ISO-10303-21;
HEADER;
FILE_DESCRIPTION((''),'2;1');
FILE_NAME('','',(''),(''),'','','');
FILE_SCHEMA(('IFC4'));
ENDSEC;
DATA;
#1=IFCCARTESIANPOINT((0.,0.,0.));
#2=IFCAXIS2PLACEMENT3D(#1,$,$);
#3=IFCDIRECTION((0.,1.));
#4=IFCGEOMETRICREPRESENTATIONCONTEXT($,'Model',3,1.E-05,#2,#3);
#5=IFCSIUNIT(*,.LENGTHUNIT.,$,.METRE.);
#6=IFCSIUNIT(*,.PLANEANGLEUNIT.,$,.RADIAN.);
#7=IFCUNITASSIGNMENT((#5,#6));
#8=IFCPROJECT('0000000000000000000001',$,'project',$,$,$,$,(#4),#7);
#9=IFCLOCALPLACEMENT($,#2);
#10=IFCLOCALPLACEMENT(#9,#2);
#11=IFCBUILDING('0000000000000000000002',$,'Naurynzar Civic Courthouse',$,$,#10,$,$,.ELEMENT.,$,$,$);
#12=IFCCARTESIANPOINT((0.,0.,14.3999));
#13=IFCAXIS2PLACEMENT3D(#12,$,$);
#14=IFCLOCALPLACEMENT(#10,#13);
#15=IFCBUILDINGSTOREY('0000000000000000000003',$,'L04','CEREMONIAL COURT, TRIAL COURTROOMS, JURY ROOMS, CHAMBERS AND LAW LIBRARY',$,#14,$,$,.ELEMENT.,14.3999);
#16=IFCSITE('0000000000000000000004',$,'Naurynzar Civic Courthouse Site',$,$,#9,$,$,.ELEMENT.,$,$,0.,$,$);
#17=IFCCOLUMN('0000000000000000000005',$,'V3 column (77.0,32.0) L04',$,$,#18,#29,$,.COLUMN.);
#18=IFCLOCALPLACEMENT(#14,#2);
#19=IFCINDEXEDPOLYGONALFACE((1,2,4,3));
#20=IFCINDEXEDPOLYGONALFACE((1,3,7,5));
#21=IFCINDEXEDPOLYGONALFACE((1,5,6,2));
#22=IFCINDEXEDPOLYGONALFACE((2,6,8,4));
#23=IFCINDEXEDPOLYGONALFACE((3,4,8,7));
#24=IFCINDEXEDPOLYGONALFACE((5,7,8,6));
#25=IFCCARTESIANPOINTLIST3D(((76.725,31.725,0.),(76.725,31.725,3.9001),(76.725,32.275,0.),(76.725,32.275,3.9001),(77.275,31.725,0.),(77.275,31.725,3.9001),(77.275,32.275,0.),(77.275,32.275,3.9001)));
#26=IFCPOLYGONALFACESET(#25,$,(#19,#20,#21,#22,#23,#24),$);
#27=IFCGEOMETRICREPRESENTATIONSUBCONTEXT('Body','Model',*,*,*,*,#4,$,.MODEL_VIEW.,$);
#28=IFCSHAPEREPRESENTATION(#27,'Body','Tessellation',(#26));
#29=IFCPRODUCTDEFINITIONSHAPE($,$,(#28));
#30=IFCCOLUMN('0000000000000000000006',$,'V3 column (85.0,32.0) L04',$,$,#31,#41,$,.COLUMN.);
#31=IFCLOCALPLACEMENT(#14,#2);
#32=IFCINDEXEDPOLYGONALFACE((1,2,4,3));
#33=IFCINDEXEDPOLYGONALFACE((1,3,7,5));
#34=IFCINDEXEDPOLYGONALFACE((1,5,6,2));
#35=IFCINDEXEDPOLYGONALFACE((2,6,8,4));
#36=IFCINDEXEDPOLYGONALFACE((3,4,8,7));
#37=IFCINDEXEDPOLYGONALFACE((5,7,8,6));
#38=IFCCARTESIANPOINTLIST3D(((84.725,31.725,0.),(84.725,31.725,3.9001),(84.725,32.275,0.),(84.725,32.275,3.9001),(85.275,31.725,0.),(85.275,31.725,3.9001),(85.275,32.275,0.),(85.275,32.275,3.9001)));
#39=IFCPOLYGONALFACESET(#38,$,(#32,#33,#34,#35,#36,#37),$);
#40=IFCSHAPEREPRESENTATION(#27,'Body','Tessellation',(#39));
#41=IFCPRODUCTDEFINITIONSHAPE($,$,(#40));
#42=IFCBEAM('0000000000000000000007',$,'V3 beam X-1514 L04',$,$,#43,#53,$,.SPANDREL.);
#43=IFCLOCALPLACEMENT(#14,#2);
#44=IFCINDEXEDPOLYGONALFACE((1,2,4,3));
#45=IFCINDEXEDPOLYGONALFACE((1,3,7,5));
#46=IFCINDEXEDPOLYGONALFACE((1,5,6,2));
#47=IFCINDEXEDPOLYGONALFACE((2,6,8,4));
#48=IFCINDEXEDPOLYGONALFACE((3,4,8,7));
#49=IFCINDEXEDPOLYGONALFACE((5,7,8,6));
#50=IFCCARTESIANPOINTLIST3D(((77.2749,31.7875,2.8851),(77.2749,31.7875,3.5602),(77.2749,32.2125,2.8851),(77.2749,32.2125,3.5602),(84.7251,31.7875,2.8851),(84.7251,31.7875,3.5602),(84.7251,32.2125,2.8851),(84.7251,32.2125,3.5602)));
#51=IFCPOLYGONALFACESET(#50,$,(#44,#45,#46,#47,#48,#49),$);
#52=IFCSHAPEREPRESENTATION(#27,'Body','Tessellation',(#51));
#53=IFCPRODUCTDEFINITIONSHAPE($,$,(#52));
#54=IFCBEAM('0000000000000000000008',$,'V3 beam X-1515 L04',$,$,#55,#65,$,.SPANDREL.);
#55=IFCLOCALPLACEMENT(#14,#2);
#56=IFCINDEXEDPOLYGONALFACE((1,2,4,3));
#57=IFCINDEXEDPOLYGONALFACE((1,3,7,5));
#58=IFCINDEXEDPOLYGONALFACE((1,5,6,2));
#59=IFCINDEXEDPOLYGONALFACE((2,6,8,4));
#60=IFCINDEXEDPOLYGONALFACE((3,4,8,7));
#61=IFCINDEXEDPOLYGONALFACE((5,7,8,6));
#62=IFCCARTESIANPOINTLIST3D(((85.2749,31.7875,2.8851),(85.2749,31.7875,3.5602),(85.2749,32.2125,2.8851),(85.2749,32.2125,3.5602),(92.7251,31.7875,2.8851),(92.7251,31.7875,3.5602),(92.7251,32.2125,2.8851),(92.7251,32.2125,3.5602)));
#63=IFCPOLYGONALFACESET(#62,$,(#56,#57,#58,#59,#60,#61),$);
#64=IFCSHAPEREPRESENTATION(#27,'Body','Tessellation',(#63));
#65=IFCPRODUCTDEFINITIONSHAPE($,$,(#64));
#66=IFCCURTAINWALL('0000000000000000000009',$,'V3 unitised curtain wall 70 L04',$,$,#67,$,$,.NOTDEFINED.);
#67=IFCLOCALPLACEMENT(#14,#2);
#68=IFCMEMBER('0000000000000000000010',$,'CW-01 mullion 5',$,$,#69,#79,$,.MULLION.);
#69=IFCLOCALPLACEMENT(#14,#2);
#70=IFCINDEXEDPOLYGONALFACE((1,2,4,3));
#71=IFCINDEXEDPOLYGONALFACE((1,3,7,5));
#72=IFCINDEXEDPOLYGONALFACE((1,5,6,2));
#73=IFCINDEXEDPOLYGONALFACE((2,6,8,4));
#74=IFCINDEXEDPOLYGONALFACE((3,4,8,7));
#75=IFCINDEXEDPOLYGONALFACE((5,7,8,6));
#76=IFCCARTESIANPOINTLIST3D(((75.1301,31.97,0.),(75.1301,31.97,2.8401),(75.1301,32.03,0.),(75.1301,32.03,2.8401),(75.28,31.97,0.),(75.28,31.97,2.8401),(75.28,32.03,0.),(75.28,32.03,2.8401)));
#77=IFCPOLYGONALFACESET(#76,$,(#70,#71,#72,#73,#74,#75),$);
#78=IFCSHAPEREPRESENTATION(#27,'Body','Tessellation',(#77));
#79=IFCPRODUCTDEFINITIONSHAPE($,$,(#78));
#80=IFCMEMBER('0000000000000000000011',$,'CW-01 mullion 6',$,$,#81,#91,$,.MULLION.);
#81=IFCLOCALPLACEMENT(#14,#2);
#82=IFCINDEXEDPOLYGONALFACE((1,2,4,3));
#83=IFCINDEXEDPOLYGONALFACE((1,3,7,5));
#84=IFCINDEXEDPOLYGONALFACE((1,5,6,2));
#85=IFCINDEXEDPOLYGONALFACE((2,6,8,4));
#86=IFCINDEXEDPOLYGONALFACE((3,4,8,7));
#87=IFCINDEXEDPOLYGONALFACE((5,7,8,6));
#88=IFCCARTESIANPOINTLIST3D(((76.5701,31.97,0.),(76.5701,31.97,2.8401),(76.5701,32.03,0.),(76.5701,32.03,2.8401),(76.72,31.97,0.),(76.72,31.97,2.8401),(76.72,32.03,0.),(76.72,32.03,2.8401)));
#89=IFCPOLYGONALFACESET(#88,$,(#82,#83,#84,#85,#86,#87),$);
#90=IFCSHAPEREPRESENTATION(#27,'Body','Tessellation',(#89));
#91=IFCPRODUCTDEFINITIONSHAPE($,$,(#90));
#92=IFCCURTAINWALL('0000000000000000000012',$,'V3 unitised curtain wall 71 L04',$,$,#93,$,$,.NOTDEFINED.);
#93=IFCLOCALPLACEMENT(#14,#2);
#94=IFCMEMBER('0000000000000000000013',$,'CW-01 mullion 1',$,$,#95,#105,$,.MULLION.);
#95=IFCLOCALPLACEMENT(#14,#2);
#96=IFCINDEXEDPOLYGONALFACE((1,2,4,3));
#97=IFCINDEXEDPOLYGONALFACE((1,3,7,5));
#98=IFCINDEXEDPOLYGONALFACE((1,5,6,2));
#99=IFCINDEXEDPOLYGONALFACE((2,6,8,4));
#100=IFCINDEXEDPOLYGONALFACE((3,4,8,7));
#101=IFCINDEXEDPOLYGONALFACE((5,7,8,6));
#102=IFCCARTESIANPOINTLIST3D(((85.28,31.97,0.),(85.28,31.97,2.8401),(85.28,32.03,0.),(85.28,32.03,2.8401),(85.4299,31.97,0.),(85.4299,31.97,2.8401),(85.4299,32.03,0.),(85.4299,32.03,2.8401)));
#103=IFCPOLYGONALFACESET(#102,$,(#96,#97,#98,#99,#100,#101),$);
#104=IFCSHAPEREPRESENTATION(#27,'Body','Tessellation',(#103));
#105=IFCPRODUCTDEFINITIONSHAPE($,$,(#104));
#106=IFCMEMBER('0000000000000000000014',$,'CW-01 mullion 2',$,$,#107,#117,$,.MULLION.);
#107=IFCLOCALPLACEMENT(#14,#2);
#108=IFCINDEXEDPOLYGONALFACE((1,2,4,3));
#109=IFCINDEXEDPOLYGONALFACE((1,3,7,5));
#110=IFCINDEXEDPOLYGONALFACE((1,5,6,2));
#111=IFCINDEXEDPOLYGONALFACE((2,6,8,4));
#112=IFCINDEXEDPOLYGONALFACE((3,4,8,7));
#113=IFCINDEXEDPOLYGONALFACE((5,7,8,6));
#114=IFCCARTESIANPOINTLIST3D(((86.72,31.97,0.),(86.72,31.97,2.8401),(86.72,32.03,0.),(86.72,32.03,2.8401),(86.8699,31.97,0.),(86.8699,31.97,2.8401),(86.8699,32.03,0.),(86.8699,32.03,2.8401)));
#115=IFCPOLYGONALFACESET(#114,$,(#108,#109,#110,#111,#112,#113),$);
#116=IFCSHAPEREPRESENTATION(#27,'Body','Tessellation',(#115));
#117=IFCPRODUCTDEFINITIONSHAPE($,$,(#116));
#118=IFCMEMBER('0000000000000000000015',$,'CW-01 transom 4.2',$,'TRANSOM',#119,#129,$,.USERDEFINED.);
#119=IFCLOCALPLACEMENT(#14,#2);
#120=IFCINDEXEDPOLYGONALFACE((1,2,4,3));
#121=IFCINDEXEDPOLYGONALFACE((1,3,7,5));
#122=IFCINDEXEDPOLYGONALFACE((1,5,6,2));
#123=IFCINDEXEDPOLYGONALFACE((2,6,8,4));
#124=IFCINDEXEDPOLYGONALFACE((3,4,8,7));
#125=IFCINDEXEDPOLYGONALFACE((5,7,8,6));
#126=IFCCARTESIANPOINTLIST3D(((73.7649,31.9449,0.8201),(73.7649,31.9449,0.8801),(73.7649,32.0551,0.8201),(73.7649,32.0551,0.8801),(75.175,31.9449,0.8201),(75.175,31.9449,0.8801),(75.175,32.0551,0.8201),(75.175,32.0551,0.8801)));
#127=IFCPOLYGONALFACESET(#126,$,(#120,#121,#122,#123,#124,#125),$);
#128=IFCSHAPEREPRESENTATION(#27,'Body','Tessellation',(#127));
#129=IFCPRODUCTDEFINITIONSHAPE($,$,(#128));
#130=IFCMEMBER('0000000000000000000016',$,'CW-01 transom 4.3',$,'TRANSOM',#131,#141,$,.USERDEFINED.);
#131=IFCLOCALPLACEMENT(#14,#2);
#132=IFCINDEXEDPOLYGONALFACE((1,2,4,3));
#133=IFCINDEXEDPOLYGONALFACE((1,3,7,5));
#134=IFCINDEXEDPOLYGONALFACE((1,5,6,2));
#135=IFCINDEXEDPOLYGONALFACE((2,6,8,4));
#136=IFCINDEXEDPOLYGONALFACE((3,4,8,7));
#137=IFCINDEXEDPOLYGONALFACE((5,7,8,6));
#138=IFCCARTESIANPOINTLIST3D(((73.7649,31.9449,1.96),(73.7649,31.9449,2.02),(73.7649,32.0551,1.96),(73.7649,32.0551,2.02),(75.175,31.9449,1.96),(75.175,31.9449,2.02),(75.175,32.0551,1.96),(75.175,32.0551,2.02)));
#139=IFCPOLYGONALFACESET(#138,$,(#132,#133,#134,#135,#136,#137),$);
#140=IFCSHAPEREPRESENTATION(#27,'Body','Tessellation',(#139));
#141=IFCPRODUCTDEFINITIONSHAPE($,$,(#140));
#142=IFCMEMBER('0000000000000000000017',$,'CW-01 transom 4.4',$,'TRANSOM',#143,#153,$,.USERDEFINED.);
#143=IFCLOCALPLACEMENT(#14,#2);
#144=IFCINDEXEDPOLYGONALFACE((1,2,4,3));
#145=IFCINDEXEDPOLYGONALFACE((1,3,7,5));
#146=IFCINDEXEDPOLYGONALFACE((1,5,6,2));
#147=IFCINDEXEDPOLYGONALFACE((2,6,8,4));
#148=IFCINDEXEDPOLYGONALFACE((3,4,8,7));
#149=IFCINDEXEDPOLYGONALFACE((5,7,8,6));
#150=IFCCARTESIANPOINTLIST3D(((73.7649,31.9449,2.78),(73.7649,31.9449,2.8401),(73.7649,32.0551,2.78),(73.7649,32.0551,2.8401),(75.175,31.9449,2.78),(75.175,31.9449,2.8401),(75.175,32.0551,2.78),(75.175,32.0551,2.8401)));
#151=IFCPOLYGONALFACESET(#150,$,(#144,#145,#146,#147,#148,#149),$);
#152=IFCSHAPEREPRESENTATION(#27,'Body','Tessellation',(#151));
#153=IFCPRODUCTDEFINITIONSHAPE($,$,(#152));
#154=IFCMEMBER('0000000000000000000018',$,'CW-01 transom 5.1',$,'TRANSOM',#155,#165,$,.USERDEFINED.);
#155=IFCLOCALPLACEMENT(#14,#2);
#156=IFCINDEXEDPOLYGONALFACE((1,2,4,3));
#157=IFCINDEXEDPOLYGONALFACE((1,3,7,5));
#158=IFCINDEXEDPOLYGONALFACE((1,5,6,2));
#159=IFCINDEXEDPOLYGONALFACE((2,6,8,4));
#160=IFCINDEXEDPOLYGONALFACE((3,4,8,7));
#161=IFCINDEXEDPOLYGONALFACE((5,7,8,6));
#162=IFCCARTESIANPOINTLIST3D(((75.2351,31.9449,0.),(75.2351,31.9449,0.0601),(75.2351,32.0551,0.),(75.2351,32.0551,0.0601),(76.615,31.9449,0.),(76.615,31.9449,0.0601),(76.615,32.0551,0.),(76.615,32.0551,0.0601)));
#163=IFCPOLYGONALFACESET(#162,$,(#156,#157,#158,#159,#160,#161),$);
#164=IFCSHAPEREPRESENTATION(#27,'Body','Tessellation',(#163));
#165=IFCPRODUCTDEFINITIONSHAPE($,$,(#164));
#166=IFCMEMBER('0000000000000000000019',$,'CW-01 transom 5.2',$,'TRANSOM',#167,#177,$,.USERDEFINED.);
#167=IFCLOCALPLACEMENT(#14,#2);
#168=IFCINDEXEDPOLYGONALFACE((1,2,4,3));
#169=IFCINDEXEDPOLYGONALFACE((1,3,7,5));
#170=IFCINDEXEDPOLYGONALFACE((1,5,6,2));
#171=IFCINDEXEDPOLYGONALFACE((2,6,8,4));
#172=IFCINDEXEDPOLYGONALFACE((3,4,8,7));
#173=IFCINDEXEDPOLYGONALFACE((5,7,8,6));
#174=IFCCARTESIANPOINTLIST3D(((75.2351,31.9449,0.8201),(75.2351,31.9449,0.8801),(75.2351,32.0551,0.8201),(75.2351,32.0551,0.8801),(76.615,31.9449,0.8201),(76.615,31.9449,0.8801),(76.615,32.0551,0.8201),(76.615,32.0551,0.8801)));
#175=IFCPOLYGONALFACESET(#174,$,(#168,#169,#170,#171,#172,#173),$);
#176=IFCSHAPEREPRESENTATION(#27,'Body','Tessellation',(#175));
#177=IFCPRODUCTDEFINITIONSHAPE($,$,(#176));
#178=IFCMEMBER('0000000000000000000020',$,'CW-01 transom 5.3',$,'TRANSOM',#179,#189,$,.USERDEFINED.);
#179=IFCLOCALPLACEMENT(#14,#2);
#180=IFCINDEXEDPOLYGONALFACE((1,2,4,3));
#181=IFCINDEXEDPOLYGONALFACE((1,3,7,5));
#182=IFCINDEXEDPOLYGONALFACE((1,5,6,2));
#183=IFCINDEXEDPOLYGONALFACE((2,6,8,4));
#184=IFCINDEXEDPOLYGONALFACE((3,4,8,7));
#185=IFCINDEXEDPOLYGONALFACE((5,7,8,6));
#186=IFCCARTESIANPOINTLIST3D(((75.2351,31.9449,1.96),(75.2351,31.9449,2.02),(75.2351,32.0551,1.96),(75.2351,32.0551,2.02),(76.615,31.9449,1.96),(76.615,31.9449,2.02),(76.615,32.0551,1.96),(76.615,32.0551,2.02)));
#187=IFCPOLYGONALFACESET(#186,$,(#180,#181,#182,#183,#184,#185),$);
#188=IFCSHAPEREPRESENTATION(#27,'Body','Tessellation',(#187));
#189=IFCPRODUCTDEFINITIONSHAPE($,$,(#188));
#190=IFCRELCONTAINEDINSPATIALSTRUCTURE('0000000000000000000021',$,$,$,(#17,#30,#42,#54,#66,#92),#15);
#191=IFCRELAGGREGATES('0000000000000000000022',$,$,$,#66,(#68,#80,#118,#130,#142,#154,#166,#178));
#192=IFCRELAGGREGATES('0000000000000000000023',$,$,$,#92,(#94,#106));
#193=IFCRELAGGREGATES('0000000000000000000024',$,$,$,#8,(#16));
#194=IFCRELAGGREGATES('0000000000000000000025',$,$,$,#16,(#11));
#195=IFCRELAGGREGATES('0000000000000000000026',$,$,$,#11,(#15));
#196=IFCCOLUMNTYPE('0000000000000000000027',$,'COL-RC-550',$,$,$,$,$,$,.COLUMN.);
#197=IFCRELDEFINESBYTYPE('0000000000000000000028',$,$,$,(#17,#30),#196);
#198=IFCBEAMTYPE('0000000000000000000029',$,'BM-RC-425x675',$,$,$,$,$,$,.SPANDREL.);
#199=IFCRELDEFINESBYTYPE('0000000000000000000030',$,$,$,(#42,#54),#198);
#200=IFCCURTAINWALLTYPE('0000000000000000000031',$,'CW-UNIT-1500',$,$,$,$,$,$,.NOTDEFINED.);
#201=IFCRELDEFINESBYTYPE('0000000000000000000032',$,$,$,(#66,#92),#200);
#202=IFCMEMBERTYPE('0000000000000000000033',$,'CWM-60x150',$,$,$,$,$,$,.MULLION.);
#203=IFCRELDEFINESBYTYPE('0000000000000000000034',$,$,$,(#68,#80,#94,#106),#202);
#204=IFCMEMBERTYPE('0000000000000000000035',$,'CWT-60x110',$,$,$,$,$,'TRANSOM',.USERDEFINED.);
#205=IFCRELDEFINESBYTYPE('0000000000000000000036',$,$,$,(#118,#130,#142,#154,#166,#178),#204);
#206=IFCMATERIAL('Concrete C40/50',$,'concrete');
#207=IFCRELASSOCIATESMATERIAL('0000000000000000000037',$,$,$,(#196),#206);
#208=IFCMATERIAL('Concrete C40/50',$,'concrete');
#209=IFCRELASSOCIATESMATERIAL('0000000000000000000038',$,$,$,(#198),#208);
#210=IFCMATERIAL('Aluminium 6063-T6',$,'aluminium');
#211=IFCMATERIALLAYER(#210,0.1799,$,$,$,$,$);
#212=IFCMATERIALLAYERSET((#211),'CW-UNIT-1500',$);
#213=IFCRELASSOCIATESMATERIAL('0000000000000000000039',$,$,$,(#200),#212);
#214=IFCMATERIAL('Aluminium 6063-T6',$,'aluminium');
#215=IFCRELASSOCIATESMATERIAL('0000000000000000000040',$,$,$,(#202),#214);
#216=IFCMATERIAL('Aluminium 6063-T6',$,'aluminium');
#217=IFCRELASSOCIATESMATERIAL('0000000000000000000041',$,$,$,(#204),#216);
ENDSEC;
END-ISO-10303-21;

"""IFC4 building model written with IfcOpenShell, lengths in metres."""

from ifc_helpers import new_model, si_unit, direction, frame, origin, origin_2d, place, context, subcontext, project, spatial, rectangle, extrude, material, layer, layer_set, material_profile, profile_set, type_object, element, aggregate, save


model = new_model("IFC4")

# Units and contexts
model_context = context("Model", 3, precision=1e-05, world=origin(), true_north=direction((0.0, 1.0)))
body_context = subcontext(model_context, "Body", "Model", "MODEL_VIEW")
ifc_project = project(units=[si_unit("LENGTHUNIT", "METRE"), si_unit("PLANEANGLEUNIT", "RADIAN")], contexts=[model_context])

# Site, building, storey
site_placement = place(None, origin())
site = spatial("IfcSite", under=ifc_project, at=site_placement, Name="Naurynzar Civic Courthouse Site", CompositionType="ELEMENT", RefElevation=0.0)
building_placement = place(site_placement, origin())
building = spatial("IfcBuilding", under=site, at=building_placement, Name="Naurynzar Civic Courthouse", CompositionType="ELEMENT")
storey_placement = place(building_placement, frame((0.0, 0.0, 14.3999)))
storey = spatial("IfcBuildingStorey", under=building, at=storey_placement, Name="L04", Description="CEREMONIAL COURT, TRIAL COURTROOMS, JURY ROOMS, CHAMBERS AND LAW LIBRARY", CompositionType="ELEMENT", Elevation=14.3999)

# Columns
ifc_material_1 = material(Name="Concrete C40/50", Category="concrete")
ifc_material_profile_1 = material_profile(ifc_material_1, rectangle(XDim=0.55, YDim=0.55, at=origin_2d()), Name="RC 550x550")
ifc_profile_set_1 = profile_set([ifc_material_profile_1], Name="Concrete C40/50")
column_type = type_object("IfcColumnType", Name="COL-RC-550", PredefinedType="COLUMN", material=ifc_profile_set_1)
for number, where, z_axis, x_axis, name in (
    (1, (77.0, 32.0, 0.0), (0.0, 0.0, 1.0), (1.0, 0.0, 0.0), "V3 column (77.0,32.0) L04"),
    (2, (85.0, 32.0, 0.0), (0.0, 0.0, 1.0), (1.0, 0.0, 0.0), "V3 column (85.0,32.0) L04"),
):
    element("IfcColumn", number, at=place(storey_placement, frame(where, z_axis=z_axis, x_axis=x_axis)), inside=storey, type_object=column_type, Name=name, PredefinedType="COLUMN", context=body_context, shape_type="SweptSolid", body=[
        extrude(rectangle(XDim=0.55, YDim=0.55, at=origin_2d()), origin(), (0.0, 0.0, 1.0), 3.9001),
    ])

# Beams
ifc_material_2 = material(Name="Concrete C40/50", Category="concrete")
ifc_material_profile_2 = material_profile(ifc_material_2, rectangle(XDim=0.425, YDim=0.675, at=origin_2d()), Name="RCB 425x675")
ifc_profile_set_2 = profile_set([ifc_material_profile_2], Name="Concrete C40/50")
beam_type = type_object("IfcBeamType", Name="BM-RC-425x675", PredefinedType="SPANDREL", material=ifc_profile_set_2)
for number, where, z_axis, x_axis, name in (
    (3, (77.2749, 32.0, 3.2227), (1.0, 0.0, 0.0), (0.0, 1.0, 0.0), "V3 beam X-1514 L04"),
    (4, (85.2749, 32.0, 3.2227), (1.0, 0.0, 0.0), (0.0, 1.0, 0.0), "V3 beam X-1515 L04"),
):
    element("IfcBeam", number, at=place(storey_placement, frame(where, z_axis=z_axis, x_axis=x_axis)), inside=storey, type_object=beam_type, Name=name, PredefinedType="SPANDREL", context=body_context, shape_type="SweptSolid", body=[
        extrude(rectangle(XDim=0.425, YDim=0.675, at=origin_2d()), origin(), (0.0, 0.0, 1.0), 7.4502),
    ])

# Curtain walls, members
ifc_material_3 = material(Name="Aluminium 6063-T6", Category="aluminium")
ifc_layer_1 = layer(ifc_material_3, 0.1799)
ifc_layer_set_1 = layer_set([ifc_layer_1], Name="CW-UNIT-1500")
curtain_wall_type = type_object("IfcCurtainWallType", Name="CW-UNIT-1500", PredefinedType="NOTDEFINED", material=ifc_layer_set_1)
curtain_wall_1_placement = place(storey_placement, origin())
curtain_wall_1 = element("IfcCurtainWall", 5, at=curtain_wall_1_placement, inside=storey, type_object=curtain_wall_type, Name="V3 unitised curtain wall 70 L04", PredefinedType="NOTDEFINED")
ifc_material_4 = material(Name="Aluminium 6063-T6", Category="aluminium")
ifc_material_profile_3 = material_profile(ifc_material_4, rectangle(XDim=0.0601, YDim=0.1499, at=origin_2d()), Name="ALU MULLION 60x150")
ifc_profile_set_3 = profile_set([ifc_material_profile_3], Name="Aluminium 6063-T6")
member_type_1 = type_object("IfcMemberType", Name="CWM-60x150", PredefinedType="MULLION", material=ifc_profile_set_3)
member_1_placement = place(storey_placement, frame((75.2051, 32.0, 0.0), z_axis=(0.0, 0.0, 1.0), x_axis=(0.0, 1.0, 0.0)))
member_1 = element("IfcMember", 6, at=member_1_placement, type_object=member_type_1, Name="CW-01 mullion 5", PredefinedType="MULLION", context=body_context, shape_type="SweptSolid", body=[
    extrude(rectangle(XDim=0.0601, YDim=0.1499, at=origin_2d()), origin(), (0.0, 0.0, 1.0), 2.8401),
])
member_2_placement = place(storey_placement, frame((76.645, 32.0, 0.0), z_axis=(0.0, 0.0, 1.0), x_axis=(0.0, 1.0, 0.0)))
member_2 = element("IfcMember", 7, at=member_2_placement, type_object=member_type_1, Name="CW-01 mullion 6", PredefinedType="MULLION", context=body_context, shape_type="SweptSolid", body=[
    extrude(rectangle(XDim=0.0601, YDim=0.1499, at=origin_2d()), origin(), (0.0, 0.0, 1.0), 2.8401),
])
curtain_wall_2_placement = place(storey_placement, origin())
curtain_wall_2 = element("IfcCurtainWall", 8, at=curtain_wall_2_placement, inside=storey, type_object=curtain_wall_type, Name="V3 unitised curtain wall 71 L04", PredefinedType="NOTDEFINED")
member_3_placement = place(storey_placement, frame((85.355, 32.0, 0.0), z_axis=(0.0, 0.0, 1.0), x_axis=(0.0, 1.0, 0.0)))
member_3 = element("IfcMember", 9, at=member_3_placement, type_object=member_type_1, Name="CW-01 mullion 1", PredefinedType="MULLION", context=body_context, shape_type="SweptSolid", body=[
    extrude(rectangle(XDim=0.0601, YDim=0.1499, at=origin_2d()), origin(), (0.0, 0.0, 1.0), 2.8401),
])
member_4_placement = place(storey_placement, frame((86.7949, 32.0, 0.0), z_axis=(0.0, 0.0, 1.0), x_axis=(0.0, 1.0, 0.0)))
member_4 = element("IfcMember", 10, at=member_4_placement, type_object=member_type_1, Name="CW-01 mullion 2", PredefinedType="MULLION", context=body_context, shape_type="SweptSolid", body=[
    extrude(rectangle(XDim=0.0601, YDim=0.1499, at=origin_2d()), origin(), (0.0, 0.0, 1.0), 2.8401),
])

# Members
ifc_material_5 = material(Name="Aluminium 6063-T6", Category="aluminium")
ifc_material_profile_4 = material_profile(ifc_material_5, rectangle(XDim=0.1101, YDim=0.0601, at=origin_2d()), Name="ALU TRANSOM 60x110")
ifc_profile_set_4 = profile_set([ifc_material_profile_4], Name="Aluminium 6063-T6")
member_type_2 = type_object("IfcMemberType", Name="CWT-60x110", ElementType="TRANSOM", PredefinedType="USERDEFINED", material=ifc_profile_set_4)
member_5_placement = place(storey_placement, frame((73.7649, 32.0, 0.8501), z_axis=(1.0, 0.0, 0.0), x_axis=(0.0, 1.0, 0.0)))
member_5 = element("IfcMember", 11, at=member_5_placement, type_object=member_type_2, Name="CW-01 transom 4.2", ObjectType="TRANSOM", PredefinedType="USERDEFINED", context=body_context, shape_type="SweptSolid", body=[
    extrude(rectangle(XDim=0.1101, YDim=0.0601, at=origin_2d()), origin(), (0.0, 0.0, 1.0), 1.4102),
])
member_6_placement = place(storey_placement, frame((73.7649, 32.0, 1.99), z_axis=(1.0, 0.0, 0.0), x_axis=(0.0, 1.0, 0.0)))
member_6 = element("IfcMember", 12, at=member_6_placement, type_object=member_type_2, Name="CW-01 transom 4.3", ObjectType="TRANSOM", PredefinedType="USERDEFINED", context=body_context, shape_type="SweptSolid", body=[
    extrude(rectangle(XDim=0.1101, YDim=0.0601, at=origin_2d()), origin(), (0.0, 0.0, 1.0), 1.4102),
])
member_7_placement = place(storey_placement, frame((73.7649, 32.0, 2.8101), z_axis=(1.0, 0.0, 0.0), x_axis=(0.0, 1.0, 0.0)))
member_7 = element("IfcMember", 13, at=member_7_placement, type_object=member_type_2, Name="CW-01 transom 4.4", ObjectType="TRANSOM", PredefinedType="USERDEFINED", context=body_context, shape_type="SweptSolid", body=[
    extrude(rectangle(XDim=0.1101, YDim=0.0601, at=origin_2d()), origin(), (0.0, 0.0, 1.0), 1.4102),
])
member_8_placement = place(storey_placement, frame((75.2351, 32.0, 0.03), z_axis=(1.0, 0.0, 0.0), x_axis=(0.0, 1.0, 0.0)))
member_8 = element("IfcMember", 14, at=member_8_placement, type_object=member_type_2, Name="CW-01 transom 5.1", ObjectType="TRANSOM", PredefinedType="USERDEFINED", context=body_context, shape_type="SweptSolid", body=[
    extrude(rectangle(XDim=0.1101, YDim=0.0601, at=origin_2d()), origin(), (0.0, 0.0, 1.0), 1.3799),
])
member_9_placement = place(storey_placement, frame((75.2351, 32.0, 0.8501), z_axis=(1.0, 0.0, 0.0), x_axis=(0.0, 1.0, 0.0)))
member_9 = element("IfcMember", 15, at=member_9_placement, type_object=member_type_2, Name="CW-01 transom 5.2", ObjectType="TRANSOM", PredefinedType="USERDEFINED", context=body_context, shape_type="SweptSolid", body=[
    extrude(rectangle(XDim=0.1101, YDim=0.0601, at=origin_2d()), origin(), (0.0, 0.0, 1.0), 1.3799),
])
member_10_placement = place(storey_placement, frame((75.2351, 32.0, 1.99), z_axis=(1.0, 0.0, 0.0), x_axis=(0.0, 1.0, 0.0)))
member_10 = element("IfcMember", 16, at=member_10_placement, type_object=member_type_2, Name="CW-01 transom 5.3", ObjectType="TRANSOM", PredefinedType="USERDEFINED", context=body_context, shape_type="SweptSolid", body=[
    extrude(rectangle(XDim=0.1101, YDim=0.0601, at=origin_2d()), origin(), (0.0, 0.0, 1.0), 1.3799),
])

aggregate(curtain_wall_1, [member_1, member_2, member_5, member_6, member_7, member_8, member_9, member_10])
aggregate(curtain_wall_2, [member_3, member_4])

save(model, "model.ifc")
